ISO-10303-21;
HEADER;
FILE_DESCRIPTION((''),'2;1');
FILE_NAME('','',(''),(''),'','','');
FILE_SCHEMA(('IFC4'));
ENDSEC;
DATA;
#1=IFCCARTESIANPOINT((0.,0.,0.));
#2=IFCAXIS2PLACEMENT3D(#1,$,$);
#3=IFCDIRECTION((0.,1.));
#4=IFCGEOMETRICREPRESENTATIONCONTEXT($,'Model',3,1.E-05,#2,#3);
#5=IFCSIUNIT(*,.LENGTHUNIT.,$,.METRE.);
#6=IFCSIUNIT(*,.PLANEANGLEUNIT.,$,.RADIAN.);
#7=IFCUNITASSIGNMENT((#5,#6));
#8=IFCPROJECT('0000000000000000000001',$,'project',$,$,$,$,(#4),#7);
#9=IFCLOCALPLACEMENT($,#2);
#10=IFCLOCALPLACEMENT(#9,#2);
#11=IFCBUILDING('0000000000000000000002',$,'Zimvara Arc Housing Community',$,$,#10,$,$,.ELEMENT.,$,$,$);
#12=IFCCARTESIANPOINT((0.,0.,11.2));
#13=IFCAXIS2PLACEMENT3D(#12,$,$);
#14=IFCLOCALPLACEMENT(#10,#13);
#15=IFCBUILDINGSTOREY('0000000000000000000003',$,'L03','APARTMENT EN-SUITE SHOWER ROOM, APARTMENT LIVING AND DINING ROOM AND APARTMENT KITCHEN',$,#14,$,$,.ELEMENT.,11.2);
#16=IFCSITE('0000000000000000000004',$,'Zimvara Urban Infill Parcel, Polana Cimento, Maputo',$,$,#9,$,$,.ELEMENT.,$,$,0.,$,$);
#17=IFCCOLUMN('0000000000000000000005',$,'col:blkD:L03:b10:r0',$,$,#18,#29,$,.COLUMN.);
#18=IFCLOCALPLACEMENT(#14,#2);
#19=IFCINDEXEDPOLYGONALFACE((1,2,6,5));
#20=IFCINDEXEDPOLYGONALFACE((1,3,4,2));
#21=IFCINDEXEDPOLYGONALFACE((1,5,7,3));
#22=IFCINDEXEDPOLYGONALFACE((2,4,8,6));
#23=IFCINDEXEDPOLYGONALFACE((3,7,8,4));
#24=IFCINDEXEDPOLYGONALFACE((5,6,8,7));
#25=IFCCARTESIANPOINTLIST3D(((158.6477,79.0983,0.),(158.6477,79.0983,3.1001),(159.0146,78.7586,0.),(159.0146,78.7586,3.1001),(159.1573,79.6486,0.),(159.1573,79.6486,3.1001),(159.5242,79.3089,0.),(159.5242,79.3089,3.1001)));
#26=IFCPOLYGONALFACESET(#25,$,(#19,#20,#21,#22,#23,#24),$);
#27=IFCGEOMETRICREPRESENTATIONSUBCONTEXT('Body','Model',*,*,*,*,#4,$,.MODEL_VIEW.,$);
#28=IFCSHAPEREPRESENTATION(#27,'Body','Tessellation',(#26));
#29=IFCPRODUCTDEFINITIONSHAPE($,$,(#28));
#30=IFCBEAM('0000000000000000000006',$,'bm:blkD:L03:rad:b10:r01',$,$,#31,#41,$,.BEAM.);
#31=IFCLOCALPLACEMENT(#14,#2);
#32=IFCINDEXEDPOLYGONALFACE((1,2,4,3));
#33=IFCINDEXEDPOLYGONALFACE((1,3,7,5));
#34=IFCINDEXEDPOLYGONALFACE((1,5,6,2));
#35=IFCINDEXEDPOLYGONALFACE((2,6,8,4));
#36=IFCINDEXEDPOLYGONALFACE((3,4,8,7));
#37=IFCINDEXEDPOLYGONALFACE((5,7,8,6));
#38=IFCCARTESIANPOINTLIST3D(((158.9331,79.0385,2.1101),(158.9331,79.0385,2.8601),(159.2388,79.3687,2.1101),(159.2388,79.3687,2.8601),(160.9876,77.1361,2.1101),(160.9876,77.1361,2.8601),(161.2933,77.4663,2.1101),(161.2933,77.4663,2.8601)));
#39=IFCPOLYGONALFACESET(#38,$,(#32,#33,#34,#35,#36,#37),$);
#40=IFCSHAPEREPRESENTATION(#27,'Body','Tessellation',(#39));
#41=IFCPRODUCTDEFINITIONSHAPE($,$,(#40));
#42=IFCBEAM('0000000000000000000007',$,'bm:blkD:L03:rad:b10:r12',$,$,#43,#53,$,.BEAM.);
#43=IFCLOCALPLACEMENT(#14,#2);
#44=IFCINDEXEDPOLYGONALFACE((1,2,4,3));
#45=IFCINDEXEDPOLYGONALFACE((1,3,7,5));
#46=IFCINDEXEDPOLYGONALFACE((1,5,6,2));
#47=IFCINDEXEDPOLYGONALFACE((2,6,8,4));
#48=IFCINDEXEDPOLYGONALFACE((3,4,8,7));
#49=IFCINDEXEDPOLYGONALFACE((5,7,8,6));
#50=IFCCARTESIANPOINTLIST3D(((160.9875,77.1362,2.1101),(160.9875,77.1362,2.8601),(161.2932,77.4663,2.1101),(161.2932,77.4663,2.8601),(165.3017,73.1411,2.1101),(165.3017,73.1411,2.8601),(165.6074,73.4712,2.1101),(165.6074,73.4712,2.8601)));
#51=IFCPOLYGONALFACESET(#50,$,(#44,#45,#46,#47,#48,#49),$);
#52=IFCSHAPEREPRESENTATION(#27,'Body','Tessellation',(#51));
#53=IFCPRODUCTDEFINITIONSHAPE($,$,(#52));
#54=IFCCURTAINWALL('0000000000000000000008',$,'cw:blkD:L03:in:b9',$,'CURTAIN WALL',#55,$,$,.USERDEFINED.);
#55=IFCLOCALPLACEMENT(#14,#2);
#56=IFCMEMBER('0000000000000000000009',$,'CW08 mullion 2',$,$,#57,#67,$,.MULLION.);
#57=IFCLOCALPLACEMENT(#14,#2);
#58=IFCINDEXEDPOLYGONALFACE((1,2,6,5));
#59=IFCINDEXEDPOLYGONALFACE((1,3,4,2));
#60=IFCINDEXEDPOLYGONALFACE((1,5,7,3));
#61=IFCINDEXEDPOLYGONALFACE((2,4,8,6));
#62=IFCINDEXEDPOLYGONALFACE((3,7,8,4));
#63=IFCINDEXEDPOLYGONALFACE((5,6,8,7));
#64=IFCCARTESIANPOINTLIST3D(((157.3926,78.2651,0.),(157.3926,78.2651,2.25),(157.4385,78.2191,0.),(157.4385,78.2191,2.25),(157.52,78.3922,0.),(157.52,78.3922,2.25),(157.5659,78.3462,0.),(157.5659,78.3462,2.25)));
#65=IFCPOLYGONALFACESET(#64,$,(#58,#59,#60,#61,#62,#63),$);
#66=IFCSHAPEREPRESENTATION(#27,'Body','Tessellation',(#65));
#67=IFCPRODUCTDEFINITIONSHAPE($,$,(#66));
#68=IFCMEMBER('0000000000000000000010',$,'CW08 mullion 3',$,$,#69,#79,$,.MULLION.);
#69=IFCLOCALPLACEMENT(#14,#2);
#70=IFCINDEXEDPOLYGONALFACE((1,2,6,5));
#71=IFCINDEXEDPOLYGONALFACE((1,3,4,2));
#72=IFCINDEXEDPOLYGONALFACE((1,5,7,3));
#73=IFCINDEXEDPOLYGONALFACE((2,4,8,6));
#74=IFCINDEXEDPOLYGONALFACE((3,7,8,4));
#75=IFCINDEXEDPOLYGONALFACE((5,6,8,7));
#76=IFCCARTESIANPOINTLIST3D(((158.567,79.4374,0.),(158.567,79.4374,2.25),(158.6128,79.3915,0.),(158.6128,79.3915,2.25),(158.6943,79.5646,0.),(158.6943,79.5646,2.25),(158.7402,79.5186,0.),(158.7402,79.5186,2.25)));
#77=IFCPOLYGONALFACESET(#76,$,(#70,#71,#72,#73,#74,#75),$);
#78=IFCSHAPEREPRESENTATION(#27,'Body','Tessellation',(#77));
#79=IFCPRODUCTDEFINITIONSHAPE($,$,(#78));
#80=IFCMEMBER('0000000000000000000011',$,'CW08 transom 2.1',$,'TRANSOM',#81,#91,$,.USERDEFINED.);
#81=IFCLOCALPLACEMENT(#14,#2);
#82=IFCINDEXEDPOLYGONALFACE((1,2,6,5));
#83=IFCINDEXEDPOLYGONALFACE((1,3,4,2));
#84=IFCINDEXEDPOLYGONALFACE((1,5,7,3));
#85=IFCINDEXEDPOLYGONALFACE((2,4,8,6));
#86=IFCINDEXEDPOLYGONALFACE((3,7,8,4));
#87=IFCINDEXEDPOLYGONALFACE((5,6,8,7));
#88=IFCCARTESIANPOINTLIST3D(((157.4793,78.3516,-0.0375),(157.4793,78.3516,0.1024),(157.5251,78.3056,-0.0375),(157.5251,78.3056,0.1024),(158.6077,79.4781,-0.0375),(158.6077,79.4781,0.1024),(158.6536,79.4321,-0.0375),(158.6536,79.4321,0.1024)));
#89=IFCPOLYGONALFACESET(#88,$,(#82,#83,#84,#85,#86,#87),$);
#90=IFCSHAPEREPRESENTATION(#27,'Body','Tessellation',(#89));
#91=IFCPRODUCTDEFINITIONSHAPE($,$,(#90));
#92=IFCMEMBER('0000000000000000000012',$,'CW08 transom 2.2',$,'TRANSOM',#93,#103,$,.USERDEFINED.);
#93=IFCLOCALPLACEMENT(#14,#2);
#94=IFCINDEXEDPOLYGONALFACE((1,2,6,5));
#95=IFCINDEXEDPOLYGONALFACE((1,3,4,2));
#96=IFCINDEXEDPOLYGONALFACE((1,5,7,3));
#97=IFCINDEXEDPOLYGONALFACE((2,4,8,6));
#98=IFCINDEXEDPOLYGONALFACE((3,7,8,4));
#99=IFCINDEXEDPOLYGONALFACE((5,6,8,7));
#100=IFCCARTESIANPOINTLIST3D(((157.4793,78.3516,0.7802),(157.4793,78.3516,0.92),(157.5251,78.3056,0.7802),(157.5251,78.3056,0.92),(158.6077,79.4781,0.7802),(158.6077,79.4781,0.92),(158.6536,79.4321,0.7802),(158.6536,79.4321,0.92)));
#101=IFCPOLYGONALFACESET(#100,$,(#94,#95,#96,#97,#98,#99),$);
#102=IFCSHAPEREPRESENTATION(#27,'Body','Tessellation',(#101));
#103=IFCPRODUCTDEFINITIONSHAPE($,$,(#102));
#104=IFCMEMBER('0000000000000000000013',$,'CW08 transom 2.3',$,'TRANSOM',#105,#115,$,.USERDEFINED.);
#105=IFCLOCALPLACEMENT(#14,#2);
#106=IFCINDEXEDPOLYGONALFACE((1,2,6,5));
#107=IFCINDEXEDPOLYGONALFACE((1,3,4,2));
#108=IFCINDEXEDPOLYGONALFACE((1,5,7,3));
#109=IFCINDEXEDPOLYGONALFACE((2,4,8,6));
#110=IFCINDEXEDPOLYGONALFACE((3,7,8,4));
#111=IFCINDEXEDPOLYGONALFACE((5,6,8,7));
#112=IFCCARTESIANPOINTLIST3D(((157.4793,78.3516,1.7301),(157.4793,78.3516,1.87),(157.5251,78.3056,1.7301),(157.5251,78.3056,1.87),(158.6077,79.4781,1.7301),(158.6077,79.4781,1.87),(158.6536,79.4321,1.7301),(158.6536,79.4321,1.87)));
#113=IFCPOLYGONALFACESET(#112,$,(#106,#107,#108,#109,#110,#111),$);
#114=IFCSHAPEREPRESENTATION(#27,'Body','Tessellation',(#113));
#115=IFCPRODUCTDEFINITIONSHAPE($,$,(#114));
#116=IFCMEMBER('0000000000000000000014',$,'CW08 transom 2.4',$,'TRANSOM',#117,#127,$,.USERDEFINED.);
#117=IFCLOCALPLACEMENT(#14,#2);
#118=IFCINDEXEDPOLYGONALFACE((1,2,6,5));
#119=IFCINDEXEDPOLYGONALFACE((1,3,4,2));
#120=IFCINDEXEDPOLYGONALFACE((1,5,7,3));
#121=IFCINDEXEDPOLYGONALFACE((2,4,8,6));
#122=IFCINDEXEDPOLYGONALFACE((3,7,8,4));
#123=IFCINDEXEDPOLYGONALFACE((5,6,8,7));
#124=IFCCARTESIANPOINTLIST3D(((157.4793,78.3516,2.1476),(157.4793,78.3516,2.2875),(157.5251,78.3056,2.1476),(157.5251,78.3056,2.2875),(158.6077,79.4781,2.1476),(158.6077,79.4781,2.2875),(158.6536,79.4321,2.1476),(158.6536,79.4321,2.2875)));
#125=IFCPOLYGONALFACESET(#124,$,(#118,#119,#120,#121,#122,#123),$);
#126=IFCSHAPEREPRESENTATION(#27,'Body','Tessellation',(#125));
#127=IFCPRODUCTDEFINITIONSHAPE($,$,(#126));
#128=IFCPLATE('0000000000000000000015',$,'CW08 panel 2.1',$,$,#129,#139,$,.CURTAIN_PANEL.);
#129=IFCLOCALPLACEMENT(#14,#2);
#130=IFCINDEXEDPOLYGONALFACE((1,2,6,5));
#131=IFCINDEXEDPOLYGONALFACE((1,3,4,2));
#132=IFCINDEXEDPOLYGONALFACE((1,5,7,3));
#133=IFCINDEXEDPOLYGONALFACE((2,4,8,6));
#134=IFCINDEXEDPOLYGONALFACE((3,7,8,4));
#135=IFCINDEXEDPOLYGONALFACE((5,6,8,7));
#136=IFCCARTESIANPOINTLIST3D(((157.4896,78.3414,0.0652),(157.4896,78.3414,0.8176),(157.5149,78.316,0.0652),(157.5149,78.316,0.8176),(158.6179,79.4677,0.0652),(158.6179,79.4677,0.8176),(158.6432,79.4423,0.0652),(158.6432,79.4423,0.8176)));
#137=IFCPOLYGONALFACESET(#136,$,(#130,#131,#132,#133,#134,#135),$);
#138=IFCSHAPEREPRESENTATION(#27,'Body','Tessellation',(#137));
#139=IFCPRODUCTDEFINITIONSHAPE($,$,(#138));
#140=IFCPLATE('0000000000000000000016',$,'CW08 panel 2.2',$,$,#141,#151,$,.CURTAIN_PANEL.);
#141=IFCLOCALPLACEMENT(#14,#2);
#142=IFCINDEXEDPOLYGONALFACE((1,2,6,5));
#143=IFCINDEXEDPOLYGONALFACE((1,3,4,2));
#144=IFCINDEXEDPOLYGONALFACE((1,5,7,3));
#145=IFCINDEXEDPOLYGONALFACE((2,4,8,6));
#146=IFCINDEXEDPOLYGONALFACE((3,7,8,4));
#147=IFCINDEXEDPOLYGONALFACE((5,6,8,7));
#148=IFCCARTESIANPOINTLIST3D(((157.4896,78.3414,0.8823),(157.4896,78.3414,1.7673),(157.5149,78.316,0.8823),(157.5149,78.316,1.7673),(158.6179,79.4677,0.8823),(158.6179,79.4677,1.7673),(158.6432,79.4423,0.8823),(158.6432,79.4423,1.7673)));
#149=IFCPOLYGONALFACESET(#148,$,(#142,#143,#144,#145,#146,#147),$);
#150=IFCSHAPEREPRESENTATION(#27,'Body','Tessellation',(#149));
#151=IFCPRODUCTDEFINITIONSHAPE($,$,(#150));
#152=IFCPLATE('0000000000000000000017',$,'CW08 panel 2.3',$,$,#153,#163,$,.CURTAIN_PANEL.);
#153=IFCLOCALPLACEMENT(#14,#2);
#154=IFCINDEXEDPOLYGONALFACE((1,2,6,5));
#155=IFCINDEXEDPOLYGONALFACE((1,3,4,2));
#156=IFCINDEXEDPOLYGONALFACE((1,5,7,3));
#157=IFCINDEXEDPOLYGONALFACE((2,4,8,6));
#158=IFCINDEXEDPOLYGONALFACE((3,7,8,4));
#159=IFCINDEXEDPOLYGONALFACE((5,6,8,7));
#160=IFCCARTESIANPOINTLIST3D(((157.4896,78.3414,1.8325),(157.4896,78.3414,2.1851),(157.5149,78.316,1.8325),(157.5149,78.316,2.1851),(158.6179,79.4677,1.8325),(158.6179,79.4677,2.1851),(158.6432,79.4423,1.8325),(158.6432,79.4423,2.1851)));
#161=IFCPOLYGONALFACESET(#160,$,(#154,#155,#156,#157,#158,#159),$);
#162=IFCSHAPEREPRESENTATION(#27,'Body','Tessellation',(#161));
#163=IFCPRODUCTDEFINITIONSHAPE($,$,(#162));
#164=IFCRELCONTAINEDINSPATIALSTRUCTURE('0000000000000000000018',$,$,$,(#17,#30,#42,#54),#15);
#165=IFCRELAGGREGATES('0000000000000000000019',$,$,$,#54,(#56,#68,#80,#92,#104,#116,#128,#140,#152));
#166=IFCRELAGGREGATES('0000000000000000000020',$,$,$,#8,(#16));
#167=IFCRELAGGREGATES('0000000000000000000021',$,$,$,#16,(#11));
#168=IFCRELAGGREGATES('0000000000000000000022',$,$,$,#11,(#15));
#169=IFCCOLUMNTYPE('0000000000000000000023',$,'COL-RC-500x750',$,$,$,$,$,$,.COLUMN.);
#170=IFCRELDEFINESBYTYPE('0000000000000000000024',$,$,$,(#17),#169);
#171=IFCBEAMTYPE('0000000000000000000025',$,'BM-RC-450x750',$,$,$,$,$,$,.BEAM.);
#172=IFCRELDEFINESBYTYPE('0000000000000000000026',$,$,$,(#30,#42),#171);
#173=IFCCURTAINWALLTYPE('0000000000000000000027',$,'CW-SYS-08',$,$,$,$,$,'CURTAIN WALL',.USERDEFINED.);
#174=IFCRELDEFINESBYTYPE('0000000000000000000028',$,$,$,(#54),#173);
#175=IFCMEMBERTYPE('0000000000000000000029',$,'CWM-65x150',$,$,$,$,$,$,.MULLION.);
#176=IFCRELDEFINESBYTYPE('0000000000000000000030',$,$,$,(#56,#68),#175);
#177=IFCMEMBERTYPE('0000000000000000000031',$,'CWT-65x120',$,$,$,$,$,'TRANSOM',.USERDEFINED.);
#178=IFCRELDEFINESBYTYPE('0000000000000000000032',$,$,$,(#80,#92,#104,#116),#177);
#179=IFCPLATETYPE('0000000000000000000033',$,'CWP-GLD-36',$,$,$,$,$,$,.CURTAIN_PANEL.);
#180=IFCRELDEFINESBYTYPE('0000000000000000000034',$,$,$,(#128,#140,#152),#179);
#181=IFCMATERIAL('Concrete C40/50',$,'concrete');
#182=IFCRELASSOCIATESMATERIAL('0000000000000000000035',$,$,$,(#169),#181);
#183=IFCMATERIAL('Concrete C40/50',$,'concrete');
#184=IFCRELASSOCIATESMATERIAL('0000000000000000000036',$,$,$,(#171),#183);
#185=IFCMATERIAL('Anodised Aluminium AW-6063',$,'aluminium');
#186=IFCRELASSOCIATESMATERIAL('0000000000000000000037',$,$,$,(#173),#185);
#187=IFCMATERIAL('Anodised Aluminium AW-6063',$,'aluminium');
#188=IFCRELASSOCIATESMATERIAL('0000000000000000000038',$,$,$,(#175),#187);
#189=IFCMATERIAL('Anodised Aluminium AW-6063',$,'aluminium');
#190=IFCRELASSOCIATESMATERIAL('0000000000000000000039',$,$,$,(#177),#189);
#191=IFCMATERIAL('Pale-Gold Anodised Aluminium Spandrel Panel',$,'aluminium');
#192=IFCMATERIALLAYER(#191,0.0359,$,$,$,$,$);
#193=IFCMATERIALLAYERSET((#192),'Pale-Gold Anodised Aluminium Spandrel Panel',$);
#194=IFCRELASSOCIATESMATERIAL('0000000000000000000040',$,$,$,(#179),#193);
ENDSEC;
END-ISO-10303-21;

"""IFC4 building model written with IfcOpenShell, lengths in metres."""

from ifc_helpers import new_model, si_unit, direction, frame, origin, origin_2d, place, context, subcontext, project, spatial, rectangle, extrude, material, layer, layer_set, material_profile, profile_set, type_object, element, aggregate, save


model = new_model("IFC4")

# Units and contexts
model_context = context("Model", 3, precision=1e-05, world=origin(), true_north=direction((0.0, 1.0)))
body_context = subcontext(model_context, "Body", "Model", "MODEL_VIEW")
ifc_project = project(units=[si_unit("LENGTHUNIT", "METRE"), si_unit("PLANEANGLEUNIT", "RADIAN")], contexts=[model_context])

# Site, building, storey
site_placement = place(None, origin())
site = spatial("IfcSite", under=ifc_project, at=site_placement, Name="Zimvara Urban Infill Parcel, Polana Cimento, Maputo", CompositionType="ELEMENT", RefElevation=0.0)
building_placement = place(site_placement, origin())
building = spatial("IfcBuilding", under=site, at=building_placement, Name="Zimvara Arc Housing Community", CompositionType="ELEMENT")
storey_placement = place(building_placement, frame((0.0, 0.0, 11.2)))
storey = spatial("IfcBuildingStorey", under=building, at=storey_placement, Name="L03", Description="APARTMENT EN-SUITE SHOWER ROOM, APARTMENT LIVING AND DINING ROOM AND APARTMENT KITCHEN", CompositionType="ELEMENT", Elevation=11.2)

# Column
ifc_material_1 = material(Name="Concrete C40/50", Category="concrete")
ifc_material_profile_1 = material_profile(ifc_material_1, rectangle(XDim=0.5, YDim=0.75, at=origin_2d()), Name="RC 500x750")
ifc_profile_set_1 = profile_set([ifc_material_profile_1], Name="Concrete C40/50")
column_type = type_object("IfcColumnType", Name="COL-RC-500x750", PredefinedType="COLUMN", material=ifc_profile_set_1)
column_placement = place(storey_placement, frame((159.0859, 79.2036, 0.0), z_axis=(0.0, 0.0, 1.0), x_axis=(0.73373, -0.679441, 0.0)))
element("IfcColumn", 1, at=column_placement, inside=storey, type_object=column_type, Name="col:blkD:L03:b10:r0", PredefinedType="COLUMN", context=body_context, shape_type="SweptSolid", body=[
    extrude(rectangle(XDim=0.5, YDim=0.75, at=origin_2d()), origin(), (0.0, 0.0, 1.0), 3.1001),
])

# Beams
ifc_material_2 = material(Name="Concrete C40/50", Category="concrete")
ifc_material_profile_2 = material_profile(ifc_material_2, rectangle(XDim=0.45, YDim=0.75, at=origin_2d()), Name="RC 450x750")
ifc_profile_set_2 = profile_set([ifc_material_profile_2], Name="Concrete C40/50")
beam_type = type_object("IfcBeamType", Name="BM-RC-450x750", PredefinedType="BEAM", material=ifc_profile_set_2)
beam_1_placement = place(storey_placement, frame((159.0859, 79.2036, 2.4851), z_axis=(0.733746, -0.679424, 0.0), x_axis=(0.679424, 0.733746, 0.0)))
element("IfcBeam", 2, at=beam_1_placement, inside=storey, type_object=beam_type, Name="bm:blkD:L03:rad:b10:r01", PredefinedType="BEAM", context=body_context, shape_type="SweptSolid", body=[
    extrude(rectangle(XDim=0.45, YDim=0.75, at=origin_2d()), origin(), (0.0, 0.0, 1.0), 2.8),
])
beam_2_placement = place(storey_placement, frame((161.1404, 77.3013, 2.4851), z_axis=(0.73372, -0.679452, 0.0), x_axis=(0.679452, 0.73372, 0.0)))
element("IfcBeam", 3, at=beam_2_placement, inside=storey, type_object=beam_type, Name="bm:blkD:L03:rad:b10:r12", PredefinedType="BEAM", context=body_context, shape_type="SweptSolid", body=[
    extrude(rectangle(XDim=0.45, YDim=0.75, at=origin_2d()), origin(), (0.0, 0.0, 1.0), 5.8799),
])

# Curtain wall, members, plates
ifc_material_3 = material(Name="Anodised Aluminium AW-6063", Category="aluminium")
curtain_wall_type = type_object("IfcCurtainWallType", Name="CW-SYS-08", ElementType="CURTAIN WALL", PredefinedType="USERDEFINED", material=ifc_material_3)
curtain_wall_placement = place(storey_placement, origin())
curtain_wall = element("IfcCurtainWall", 4, at=curtain_wall_placement, inside=storey, type_object=curtain_wall_type, Name="cw:blkD:L03:in:b9", ObjectType="CURTAIN WALL", PredefinedType="USERDEFINED")
ifc_material_4 = material(Name="Anodised Aluminium AW-6063", Category="aluminium")
ifc_material_profile_3 = material_profile(ifc_material_4, rectangle(XDim=0.0649, YDim=0.1799, at=origin_2d()), Name="ALU 65x180")
ifc_profile_set_3 = profile_set([ifc_material_profile_3], Name="Anodised Aluminium AW-6063")
member_type_1 = type_object("IfcMemberType", Name="CWM-65x150", PredefinedType="MULLION", material=ifc_profile_set_3)
member_1_placement = place(storey_placement, frame((157.4792, 78.3057, 0.0), z_axis=(0.0, 0.0, 1.0), x_axis=(-0.70649, 0.707723, 0.0)))
member_1 = element("IfcMember", 5, at=member_1_placement, type_object=member_type_1, Name="CW08 mullion 2", PredefinedType="MULLION", context=body_context, shape_type="SweptSolid", body=[
    extrude(rectangle(XDim=0.0649, YDim=0.1799, at=origin_2d()), origin(), (0.0, 0.0, 1.0), 2.25),
])
member_2_placement = place(storey_placement, frame((158.6536, 79.478, 0.0), z_axis=(0.0, 0.0, 1.0), x_axis=(-0.70649, 0.707723, 0.0)))
member_2 = element("IfcMember", 6, at=member_2_placement, type_object=member_type_1, Name="CW08 mullion 3", PredefinedType="MULLION", context=body_context, shape_type="SweptSolid", body=[
    extrude(rectangle(XDim=0.0649, YDim=0.1799, at=origin_2d()), origin(), (0.0, 0.0, 1.0), 2.25),
])
ifc_material_5 = material(Name="Anodised Aluminium AW-6063", Category="aluminium")
ifc_material_profile_4 = material_profile(ifc_material_5, rectangle(XDim=0.0649, YDim=0.1399, at=origin_2d()), Name="ALU 65x140")
ifc_profile_set_4 = profile_set([ifc_material_profile_4], Name="Anodised Aluminium AW-6063")
member_type_2 = type_object("IfcMemberType", Name="CWT-65x120", ElementType="TRANSOM", PredefinedType="USERDEFINED", material=ifc_profile_set_4)
member_3_placement = place(storey_placement, frame((157.5022, 78.3286, 0.0325), z_axis=(0.707719, 0.706494, 0.0), x_axis=(-0.706494, 0.707719, 0.0)))
member_3 = element("IfcMember", 7, at=member_3_placement, type_object=member_type_2, Name="CW08 transom 2.1", ObjectType="TRANSOM", PredefinedType="USERDEFINED", context=body_context, shape_type="SweptSolid", body=[
    extrude(rectangle(XDim=0.0649, YDim=0.1399, at=origin_2d()), origin(), (0.0, 0.0, 1.0), 1.5945),
])
member_4_placement = place(storey_placement, frame((157.5022, 78.3286, 0.8501), z_axis=(0.707719, 0.706494, 0.0), x_axis=(-0.706494, 0.707719, 0.0)))
member_4 = element("IfcMember", 8, at=member_4_placement, type_object=member_type_2, Name="CW08 transom 2.2", ObjectType="TRANSOM", PredefinedType="USERDEFINED", context=body_context, shape_type="SweptSolid", body=[
    extrude(rectangle(XDim=0.0649, YDim=0.1399, at=origin_2d()), origin(), (0.0, 0.0, 1.0), 1.5945),
])
member_5_placement = place(storey_placement, frame((157.5022, 78.3286, 1.8), z_axis=(0.707719, 0.706494, 0.0), x_axis=(-0.706494, 0.707719, 0.0)))
member_5 = element("IfcMember", 9, at=member_5_placement, type_object=member_type_2, Name="CW08 transom 2.3", ObjectType="TRANSOM", PredefinedType="USERDEFINED", context=body_context, shape_type="SweptSolid", body=[
    extrude(rectangle(XDim=0.0649, YDim=0.1399, at=origin_2d()), origin(), (0.0, 0.0, 1.0), 1.5945),
])
member_6_placement = place(storey_placement, frame((157.5022, 78.3286, 2.2175), z_axis=(0.707719, 0.706494, 0.0), x_axis=(-0.706494, 0.707719, 0.0)))
member_6 = element("IfcMember", 10, at=member_6_placement, type_object=member_type_2, Name="CW08 transom 2.4", ObjectType="TRANSOM", PredefinedType="USERDEFINED", context=body_context, shape_type="SweptSolid", body=[
    extrude(rectangle(XDim=0.0649, YDim=0.1399, at=origin_2d()), origin(), (0.0, 0.0, 1.0), 1.5945),
])
ifc_material_6 = material(Name="Pale-Gold Anodised Aluminium Spandrel Panel", Category="aluminium")
ifc_layer_1 = layer(ifc_material_6, 0.0359)
ifc_layer_set_1 = layer_set([ifc_layer_1], Name="Pale-Gold Anodised Aluminium Spandrel Panel")
plate_type = type_object("IfcPlateType", Name="CWP-GLD-36", PredefinedType="CURTAIN_PANEL", material=ifc_layer_set_1)
plate_1_placement = place(storey_placement, frame((158.0664, 78.8918, 0.0652), z_axis=(0.0, 0.0, 1.0), x_axis=(0.707723, 0.70649, 0.0)))
plate_1 = element("IfcPlate", 11, at=plate_1_placement, type_object=plate_type, Name="CW08 panel 2.1", PredefinedType="CURTAIN_PANEL", context=body_context, shape_type="SweptSolid", body=[
    extrude(rectangle(XDim=1.5942, YDim=0.0359, at=origin_2d()), origin(), (0.0, 0.0, 1.0), 0.7524),
])
plate_2_placement = place(storey_placement, frame((158.0664, 78.8918, 0.8823), z_axis=(0.0, 0.0, 1.0), x_axis=(0.707723, 0.70649, 0.0)))
plate_2 = element("IfcPlate", 12, at=plate_2_placement, type_object=plate_type, Name="CW08 panel 2.2", PredefinedType="CURTAIN_PANEL", context=body_context, shape_type="SweptSolid", body=[
    extrude(rectangle(XDim=1.5942, YDim=0.0359, at=origin_2d()), origin(), (0.0, 0.0, 1.0), 0.885),
])
plate_3_placement = place(storey_placement, frame((158.0664, 78.8918, 1.8325), z_axis=(0.0, 0.0, 1.0), x_axis=(0.707723, 0.70649, 0.0)))
plate_3 = element("IfcPlate", 13, at=plate_3_placement, type_object=plate_type, Name="CW08 panel 2.3", PredefinedType="CURTAIN_PANEL", context=body_context, shape_type="SweptSolid", body=[
    extrude(rectangle(XDim=1.5942, YDim=0.0359, at=origin_2d()), origin(), (0.0, 0.0, 1.0), 0.3525),
])
aggregate(curtain_wall, [member_1, member_2, member_3, member_4, member_5, member_6, plate_1, plate_2, plate_3])

save(model, "model.ifc")
